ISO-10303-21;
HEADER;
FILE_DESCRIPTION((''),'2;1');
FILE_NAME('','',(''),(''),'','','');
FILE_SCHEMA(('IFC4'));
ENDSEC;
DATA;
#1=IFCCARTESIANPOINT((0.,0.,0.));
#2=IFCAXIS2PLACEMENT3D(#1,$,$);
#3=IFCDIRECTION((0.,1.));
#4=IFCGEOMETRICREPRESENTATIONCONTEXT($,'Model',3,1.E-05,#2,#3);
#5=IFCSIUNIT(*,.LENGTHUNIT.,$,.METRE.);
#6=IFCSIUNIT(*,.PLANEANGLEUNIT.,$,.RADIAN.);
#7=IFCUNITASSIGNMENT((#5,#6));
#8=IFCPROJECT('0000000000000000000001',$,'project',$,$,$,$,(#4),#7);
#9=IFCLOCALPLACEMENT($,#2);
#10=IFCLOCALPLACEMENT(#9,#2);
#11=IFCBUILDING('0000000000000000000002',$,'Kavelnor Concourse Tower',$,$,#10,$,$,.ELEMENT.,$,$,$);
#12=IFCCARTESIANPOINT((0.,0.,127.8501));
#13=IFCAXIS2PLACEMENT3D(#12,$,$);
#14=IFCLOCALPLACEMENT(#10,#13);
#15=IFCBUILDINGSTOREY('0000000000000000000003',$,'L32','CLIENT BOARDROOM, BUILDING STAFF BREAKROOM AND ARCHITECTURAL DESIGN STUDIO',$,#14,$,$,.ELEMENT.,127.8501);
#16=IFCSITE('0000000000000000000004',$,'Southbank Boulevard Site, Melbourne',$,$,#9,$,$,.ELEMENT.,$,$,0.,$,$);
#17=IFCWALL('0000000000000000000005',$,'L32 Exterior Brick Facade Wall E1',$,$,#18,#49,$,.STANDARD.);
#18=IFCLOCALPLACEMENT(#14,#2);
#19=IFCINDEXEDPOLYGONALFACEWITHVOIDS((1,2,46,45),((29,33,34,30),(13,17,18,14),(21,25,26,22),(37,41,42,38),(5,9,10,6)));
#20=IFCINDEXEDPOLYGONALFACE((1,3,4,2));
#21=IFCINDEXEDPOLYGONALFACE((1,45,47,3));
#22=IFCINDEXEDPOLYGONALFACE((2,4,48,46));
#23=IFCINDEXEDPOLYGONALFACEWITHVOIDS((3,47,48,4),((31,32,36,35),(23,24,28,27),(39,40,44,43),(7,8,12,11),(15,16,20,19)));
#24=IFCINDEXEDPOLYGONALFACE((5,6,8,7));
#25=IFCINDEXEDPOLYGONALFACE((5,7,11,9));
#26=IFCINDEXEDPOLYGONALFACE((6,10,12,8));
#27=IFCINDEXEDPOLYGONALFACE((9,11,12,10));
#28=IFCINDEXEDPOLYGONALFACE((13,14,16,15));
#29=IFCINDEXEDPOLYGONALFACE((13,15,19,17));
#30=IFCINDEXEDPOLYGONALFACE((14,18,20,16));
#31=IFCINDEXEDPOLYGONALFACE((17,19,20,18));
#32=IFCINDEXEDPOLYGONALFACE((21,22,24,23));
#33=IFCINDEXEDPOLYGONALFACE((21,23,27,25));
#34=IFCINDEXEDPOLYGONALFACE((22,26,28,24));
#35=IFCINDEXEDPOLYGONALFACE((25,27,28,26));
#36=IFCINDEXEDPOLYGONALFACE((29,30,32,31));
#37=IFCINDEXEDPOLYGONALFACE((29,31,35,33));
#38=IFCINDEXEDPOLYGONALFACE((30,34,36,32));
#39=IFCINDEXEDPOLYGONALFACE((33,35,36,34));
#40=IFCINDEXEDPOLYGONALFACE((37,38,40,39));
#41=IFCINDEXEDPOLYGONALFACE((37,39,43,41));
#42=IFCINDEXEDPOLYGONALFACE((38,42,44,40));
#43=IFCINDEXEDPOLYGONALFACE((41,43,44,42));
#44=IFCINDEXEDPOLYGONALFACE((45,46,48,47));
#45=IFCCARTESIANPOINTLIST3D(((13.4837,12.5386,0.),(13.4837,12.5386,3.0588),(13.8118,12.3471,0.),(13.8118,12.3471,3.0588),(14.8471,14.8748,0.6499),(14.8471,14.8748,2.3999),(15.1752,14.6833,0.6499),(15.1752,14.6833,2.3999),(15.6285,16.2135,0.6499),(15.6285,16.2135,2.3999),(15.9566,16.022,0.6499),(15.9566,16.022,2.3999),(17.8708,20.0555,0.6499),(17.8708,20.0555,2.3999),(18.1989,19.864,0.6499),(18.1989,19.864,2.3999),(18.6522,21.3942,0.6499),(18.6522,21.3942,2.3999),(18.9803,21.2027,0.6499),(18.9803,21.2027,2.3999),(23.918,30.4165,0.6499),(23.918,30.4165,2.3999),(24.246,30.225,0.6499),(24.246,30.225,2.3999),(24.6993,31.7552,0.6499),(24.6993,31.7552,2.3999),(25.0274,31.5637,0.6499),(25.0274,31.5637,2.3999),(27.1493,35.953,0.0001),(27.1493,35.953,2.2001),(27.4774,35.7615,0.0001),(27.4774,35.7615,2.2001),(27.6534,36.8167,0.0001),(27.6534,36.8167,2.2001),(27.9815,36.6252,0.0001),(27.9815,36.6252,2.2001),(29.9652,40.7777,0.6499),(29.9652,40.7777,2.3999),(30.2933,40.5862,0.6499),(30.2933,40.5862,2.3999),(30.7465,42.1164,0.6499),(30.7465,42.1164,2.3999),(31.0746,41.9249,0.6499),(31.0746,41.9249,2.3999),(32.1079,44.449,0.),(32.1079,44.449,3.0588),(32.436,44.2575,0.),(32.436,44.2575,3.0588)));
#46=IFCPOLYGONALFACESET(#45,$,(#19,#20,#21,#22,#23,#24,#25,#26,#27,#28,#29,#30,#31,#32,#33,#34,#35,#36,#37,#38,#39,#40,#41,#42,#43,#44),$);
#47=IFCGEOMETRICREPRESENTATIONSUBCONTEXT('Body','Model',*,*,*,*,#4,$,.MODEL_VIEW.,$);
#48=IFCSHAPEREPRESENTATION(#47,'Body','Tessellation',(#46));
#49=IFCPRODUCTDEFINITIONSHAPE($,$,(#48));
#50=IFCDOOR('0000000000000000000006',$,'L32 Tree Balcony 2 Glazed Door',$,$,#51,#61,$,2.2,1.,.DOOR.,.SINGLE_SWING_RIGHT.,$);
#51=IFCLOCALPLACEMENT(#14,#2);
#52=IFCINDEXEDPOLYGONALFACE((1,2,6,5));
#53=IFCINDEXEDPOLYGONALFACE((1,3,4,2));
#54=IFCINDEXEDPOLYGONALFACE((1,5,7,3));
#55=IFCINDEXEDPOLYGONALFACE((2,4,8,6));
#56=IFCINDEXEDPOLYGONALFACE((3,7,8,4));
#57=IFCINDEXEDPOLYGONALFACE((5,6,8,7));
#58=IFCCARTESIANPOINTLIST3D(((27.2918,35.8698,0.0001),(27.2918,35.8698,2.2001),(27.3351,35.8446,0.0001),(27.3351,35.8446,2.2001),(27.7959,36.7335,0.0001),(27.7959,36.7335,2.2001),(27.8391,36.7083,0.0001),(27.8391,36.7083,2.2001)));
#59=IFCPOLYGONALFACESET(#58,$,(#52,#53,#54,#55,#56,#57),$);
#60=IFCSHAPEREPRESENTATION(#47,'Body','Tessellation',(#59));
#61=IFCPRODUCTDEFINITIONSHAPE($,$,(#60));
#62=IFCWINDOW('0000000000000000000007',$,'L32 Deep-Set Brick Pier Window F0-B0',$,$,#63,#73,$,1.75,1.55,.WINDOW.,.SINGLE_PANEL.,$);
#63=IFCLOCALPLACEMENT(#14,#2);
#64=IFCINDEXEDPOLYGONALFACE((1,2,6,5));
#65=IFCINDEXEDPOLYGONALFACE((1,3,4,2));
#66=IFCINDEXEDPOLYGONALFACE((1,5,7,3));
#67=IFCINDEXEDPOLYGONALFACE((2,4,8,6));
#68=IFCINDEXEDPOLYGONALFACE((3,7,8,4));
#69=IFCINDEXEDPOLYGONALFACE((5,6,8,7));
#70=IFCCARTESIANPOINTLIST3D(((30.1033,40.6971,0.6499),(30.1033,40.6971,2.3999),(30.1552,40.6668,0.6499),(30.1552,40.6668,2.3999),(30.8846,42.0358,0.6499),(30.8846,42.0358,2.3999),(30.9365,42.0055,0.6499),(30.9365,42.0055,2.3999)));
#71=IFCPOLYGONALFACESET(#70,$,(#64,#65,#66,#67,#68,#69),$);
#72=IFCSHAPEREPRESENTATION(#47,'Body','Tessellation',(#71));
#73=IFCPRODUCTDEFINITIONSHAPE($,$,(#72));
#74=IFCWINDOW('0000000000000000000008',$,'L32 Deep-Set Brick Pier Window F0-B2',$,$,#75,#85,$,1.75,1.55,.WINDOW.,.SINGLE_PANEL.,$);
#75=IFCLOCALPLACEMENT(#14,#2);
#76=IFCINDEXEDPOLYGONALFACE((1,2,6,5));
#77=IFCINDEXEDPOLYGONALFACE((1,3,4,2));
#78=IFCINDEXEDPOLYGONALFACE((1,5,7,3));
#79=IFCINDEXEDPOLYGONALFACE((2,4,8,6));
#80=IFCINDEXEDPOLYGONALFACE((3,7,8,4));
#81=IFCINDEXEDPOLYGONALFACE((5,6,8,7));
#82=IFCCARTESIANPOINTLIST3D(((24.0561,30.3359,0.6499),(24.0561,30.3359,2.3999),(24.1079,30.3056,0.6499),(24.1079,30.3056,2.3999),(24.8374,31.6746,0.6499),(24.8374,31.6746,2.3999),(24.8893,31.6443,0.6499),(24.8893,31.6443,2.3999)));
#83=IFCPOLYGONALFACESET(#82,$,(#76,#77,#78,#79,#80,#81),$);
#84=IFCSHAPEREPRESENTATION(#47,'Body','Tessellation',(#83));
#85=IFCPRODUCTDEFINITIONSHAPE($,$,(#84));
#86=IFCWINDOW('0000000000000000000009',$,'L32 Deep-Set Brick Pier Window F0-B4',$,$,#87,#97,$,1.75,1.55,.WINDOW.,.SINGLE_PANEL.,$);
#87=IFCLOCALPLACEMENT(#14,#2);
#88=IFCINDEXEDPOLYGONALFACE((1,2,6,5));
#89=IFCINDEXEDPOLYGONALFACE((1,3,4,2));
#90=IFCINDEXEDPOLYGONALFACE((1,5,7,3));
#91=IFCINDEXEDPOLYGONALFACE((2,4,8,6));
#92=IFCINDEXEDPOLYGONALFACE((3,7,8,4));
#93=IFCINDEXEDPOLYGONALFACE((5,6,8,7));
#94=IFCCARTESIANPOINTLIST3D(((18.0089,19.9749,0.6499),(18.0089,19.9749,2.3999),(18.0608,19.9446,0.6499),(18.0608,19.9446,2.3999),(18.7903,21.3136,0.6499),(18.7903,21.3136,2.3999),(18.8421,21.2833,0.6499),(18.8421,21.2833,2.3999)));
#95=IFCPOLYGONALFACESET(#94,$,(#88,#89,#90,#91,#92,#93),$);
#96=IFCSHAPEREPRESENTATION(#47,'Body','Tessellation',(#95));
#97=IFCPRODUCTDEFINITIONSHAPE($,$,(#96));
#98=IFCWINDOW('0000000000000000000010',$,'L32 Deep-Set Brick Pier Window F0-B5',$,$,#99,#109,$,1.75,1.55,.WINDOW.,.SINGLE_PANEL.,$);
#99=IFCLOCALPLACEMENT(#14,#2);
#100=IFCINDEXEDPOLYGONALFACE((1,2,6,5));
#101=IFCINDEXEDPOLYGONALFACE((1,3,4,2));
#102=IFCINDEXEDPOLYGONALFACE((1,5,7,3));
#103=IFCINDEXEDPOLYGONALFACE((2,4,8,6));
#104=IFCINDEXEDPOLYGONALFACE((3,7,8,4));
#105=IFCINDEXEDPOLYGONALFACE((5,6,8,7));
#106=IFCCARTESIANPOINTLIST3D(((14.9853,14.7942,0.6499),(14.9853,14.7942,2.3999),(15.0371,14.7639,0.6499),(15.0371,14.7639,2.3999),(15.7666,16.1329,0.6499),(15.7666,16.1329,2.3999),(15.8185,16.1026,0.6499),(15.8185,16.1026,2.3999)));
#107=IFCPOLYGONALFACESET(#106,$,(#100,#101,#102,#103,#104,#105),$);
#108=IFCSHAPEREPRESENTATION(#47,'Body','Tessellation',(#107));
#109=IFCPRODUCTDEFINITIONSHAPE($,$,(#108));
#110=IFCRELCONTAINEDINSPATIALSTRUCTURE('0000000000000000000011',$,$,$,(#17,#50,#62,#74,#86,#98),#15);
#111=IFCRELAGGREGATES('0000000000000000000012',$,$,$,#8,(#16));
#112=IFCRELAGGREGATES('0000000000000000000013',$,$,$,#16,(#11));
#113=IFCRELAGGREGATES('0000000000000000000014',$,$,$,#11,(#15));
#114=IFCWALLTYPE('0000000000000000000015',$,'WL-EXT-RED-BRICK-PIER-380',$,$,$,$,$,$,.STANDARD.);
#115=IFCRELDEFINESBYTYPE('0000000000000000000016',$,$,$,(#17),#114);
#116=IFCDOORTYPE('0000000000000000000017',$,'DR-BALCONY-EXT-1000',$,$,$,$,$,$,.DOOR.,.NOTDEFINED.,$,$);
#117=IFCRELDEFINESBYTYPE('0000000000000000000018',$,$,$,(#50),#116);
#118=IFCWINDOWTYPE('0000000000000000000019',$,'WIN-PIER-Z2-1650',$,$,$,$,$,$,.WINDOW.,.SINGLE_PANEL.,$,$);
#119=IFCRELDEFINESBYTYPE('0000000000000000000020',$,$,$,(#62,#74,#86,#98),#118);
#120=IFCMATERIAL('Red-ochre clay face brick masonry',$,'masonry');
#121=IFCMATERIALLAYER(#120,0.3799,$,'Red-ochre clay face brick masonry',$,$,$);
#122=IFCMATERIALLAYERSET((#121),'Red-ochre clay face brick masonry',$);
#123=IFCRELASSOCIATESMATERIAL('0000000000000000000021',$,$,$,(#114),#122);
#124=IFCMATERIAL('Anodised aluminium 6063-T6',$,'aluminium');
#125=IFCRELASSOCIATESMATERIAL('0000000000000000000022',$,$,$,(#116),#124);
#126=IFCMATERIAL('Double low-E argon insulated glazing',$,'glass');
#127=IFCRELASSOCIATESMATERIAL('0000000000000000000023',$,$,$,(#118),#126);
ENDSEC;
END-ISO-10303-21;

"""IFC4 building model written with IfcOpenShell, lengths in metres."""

from ifc_helpers import new_model, si_unit, direction, frame, frame_2d, origin, place, context, subcontext, project, spatial, rectangle, extrude, material, layer, layer_set, type_object, element, fill, save


model = new_model("IFC4")

# Units and contexts
model_context = context("Model", 3, precision=1e-05, world=origin(), true_north=direction((0.0, 1.0)))
body_context = subcontext(model_context, "Body", "Model", "MODEL_VIEW")
ifc_project = project(units=[si_unit("LENGTHUNIT", "METRE"), si_unit("PLANEANGLEUNIT", "RADIAN")], contexts=[model_context])

# Site, building, storey
site_placement = place(None, origin())
site = spatial("IfcSite", under=ifc_project, at=site_placement, Name="Southbank Boulevard Site, Melbourne", CompositionType="ELEMENT", RefElevation=0.0)
building_placement = place(site_placement, origin())
building = spatial("IfcBuilding", under=site, at=building_placement, Name="Kavelnor Concourse Tower", CompositionType="ELEMENT")
storey_placement = place(building_placement, frame((0.0, 0.0, 127.8501)))
storey = spatial("IfcBuildingStorey", under=building, at=storey_placement, Name="L32", Description="CLIENT BOARDROOM, BUILDING STAFF BREAKROOM AND ARCHITECTURAL DESIGN STUDIO", CompositionType="ELEMENT", Elevation=127.8501)

# Shared definitions
ifc_material_1 = material(Name="Double low-E argon insulated glazing", Category="glass")

# Wall, openings, door, windows
ifc_material_2 = material(Name="Red-ochre clay face brick masonry", Category="masonry")
ifc_layer_1 = layer(ifc_material_2, 0.3799, Name="Red-ochre clay face brick masonry")
ifc_layer_set_1 = layer_set([ifc_layer_1], Name="Red-ochre clay face brick masonry")
wall_type_1 = type_object("IfcWallType", Name="WL-EXT-RED-BRICK-PIER-380", PredefinedType="STANDARD", material=ifc_layer_set_1)
wall_1_placement = place(storey_placement, frame((13.6477, 12.4429, 0.0), z_axis=(0.0, 0.0, 1.0), x_axis=(0.50407, 0.863663, 0.0)))
wall_1 = element("IfcWall", 1, at=wall_1_placement, inside=storey, type_object=wall_type_1, Name="L32 Exterior Brick Facade Wall E1", PredefinedType="STANDARD", context=body_context, shape_type="SweptSolid", body=[
    extrude(rectangle(XDim=36.9478, YDim=0.3799, at=frame_2d((18.4739, 0.0))), origin(), (0.0, 0.0, 1.0), 3.0588),
])
opening_1_placement = place(wall_1_placement, frame((27.1106, 0.0, 0.0)))
opening_1 = element("IfcOpeningElement", 2, at=opening_1_placement, cuts=wall_1, PredefinedType="OPENING", context=body_context, shape_type="SweptSolid", body=[
    extrude(rectangle(XDim=1.0, YDim=2.2, at=frame_2d((0.5, 1.1001))), frame((0.0, 0.2, 0.0), z_axis=(0.0, -1.0, 0.0), x_axis=(1.0, 0.0, 0.0)), (0.0, 0.0, 1.0), 0.3999),
])
opening_2_placement = place(wall_1_placement, frame((32.697, 0.0, 0.6499)))
opening_2 = element("IfcOpeningElement", 3, at=opening_2_placement, cuts=wall_1, PredefinedType="OPENING", context=body_context, shape_type="SweptSolid", body=[
    extrude(rectangle(XDim=1.55, YDim=1.75, at=frame_2d((0.7749, 0.875))), frame((0.0, 0.2, 0.0), z_axis=(0.0, -1.0, 0.0), x_axis=(1.0, 0.0, 0.0)), (0.0, 0.0, 1.0), 0.3999),
])
opening_3_placement = place(wall_1_placement, frame((20.7002, 0.0, 0.6499)))
opening_3 = element("IfcOpeningElement", 4, at=opening_3_placement, cuts=wall_1, PredefinedType="OPENING", context=body_context, shape_type="SweptSolid", body=[
    extrude(rectangle(XDim=1.55, YDim=1.75, at=frame_2d((0.7749, 0.875))), frame((0.0, 0.2, 0.0), z_axis=(0.0, -1.0, 0.0), x_axis=(1.0, 0.0, 0.0)), (0.0, 0.0, 1.0), 0.3999),
])
opening_4_placement = place(wall_1_placement, frame((8.7036, 0.0, 0.6499)))
opening_4 = element("IfcOpeningElement", 5, at=opening_4_placement, cuts=wall_1, PredefinedType="OPENING", context=body_context, shape_type="SweptSolid", body=[
    extrude(rectangle(XDim=1.55, YDim=1.75, at=frame_2d((0.7749, 0.875))), frame((0.0, 0.2, 0.0), z_axis=(0.0, -1.0, 0.0), x_axis=(1.0, 0.0, 0.0)), (0.0, 0.0, 1.0), 0.3999),
])
opening_5_placement = place(wall_1_placement, frame((2.7051, 0.0, 0.6499)))
opening_5 = element("IfcOpeningElement", 6, at=opening_5_placement, cuts=wall_1, PredefinedType="OPENING", context=body_context, shape_type="SweptSolid", body=[
    extrude(rectangle(XDim=1.55, YDim=1.75, at=frame_2d((0.7749, 0.875))), frame((0.0, 0.2, 0.0), z_axis=(0.0, -1.0, 0.0), x_axis=(1.0, 0.0, 0.0)), (0.0, 0.0, 1.0), 0.3999),
])
ifc_material_3 = material(Name="Anodised aluminium 6063-T6", Category="aluminium")
door_type_1 = type_object("IfcDoorType", Name="DR-BALCONY-EXT-1000", OperationType="NOTDEFINED", PredefinedType="DOOR", material=ifc_material_3)
door_1_placement = place(opening_1_placement, origin())
door_1 = element("IfcDoor", 7, at=door_1_placement, inside=storey, type_object=door_type_1, Name="L32 Tree Balcony 2 Glazed Door", OperationType="SINGLE_SWING_RIGHT", OverallHeight=2.2, OverallWidth=1.0, PredefinedType="DOOR", context=body_context, shape_type="SweptSolid", body=[
    extrude(rectangle(XDim=1.0, YDim=2.2, at=frame_2d((0.5, 1.1001))), frame((0.0, 0.0249, 0.0), z_axis=(0.0, -1.0, 0.0), x_axis=(1.0, 0.0, 0.0)), (0.0, 0.0, 1.0), 0.05),
])
fill(opening_1, door_1)
window_type_1 = type_object("IfcWindowType", Name="WIN-PIER-Z2-1650", PartitioningType="SINGLE_PANEL", PredefinedType="WINDOW", material=ifc_material_1)
window_1_placement = place(opening_2_placement, origin())
window_1 = element("IfcWindow", 8, at=window_1_placement, inside=storey, type_object=window_type_1, Name="L32 Deep-Set Brick Pier Window F0-B0", OverallHeight=1.75, OverallWidth=1.55, PartitioningType="SINGLE_PANEL", PredefinedType="WINDOW", context=body_context, shape_type="SweptSolid", body=[
    extrude(rectangle(XDim=1.55, YDim=1.75, at=frame_2d((0.7749, 0.875))), frame((0.0, 0.03, 0.0), z_axis=(0.0, -1.0, 0.0), x_axis=(1.0, 0.0, 0.0)), (0.0, 0.0, 1.0), 0.0601),
])
fill(opening_2, window_1)
window_2_placement = place(opening_3_placement, origin())
window_2 = element("IfcWindow", 9, at=window_2_placement, inside=storey, type_object=window_type_1, Name="L32 Deep-Set Brick Pier Window F0-B2", OverallHeight=1.75, OverallWidth=1.55, PartitioningType="SINGLE_PANEL", PredefinedType="WINDOW", context=body_context, shape_type="SweptSolid", body=[
    extrude(rectangle(XDim=1.55, YDim=1.75, at=frame_2d((0.7749, 0.875))), frame((0.0, 0.03, 0.0), z_axis=(0.0, -1.0, 0.0), x_axis=(1.0, 0.0, 0.0)), (0.0, 0.0, 1.0), 0.0601),
])
fill(opening_3, window_2)
window_3_placement = place(opening_4_placement, origin())
window_3 = element("IfcWindow", 10, at=window_3_placement, inside=storey, type_object=window_type_1, Name="L32 Deep-Set Brick Pier Window F0-B4", OverallHeight=1.75, OverallWidth=1.55, PartitioningType="SINGLE_PANEL", PredefinedType="WINDOW", context=body_context, shape_type="SweptSolid", body=[
    extrude(rectangle(XDim=1.55, YDim=1.75, at=frame_2d((0.7749, 0.875))), frame((0.0, 0.03, 0.0), z_axis=(0.0, -1.0, 0.0), x_axis=(1.0, 0.0, 0.0)), (0.0, 0.0, 1.0), 0.0601),
])
fill(opening_4, window_3)
window_4_placement = place(opening_5_placement, origin())
window_4 = element("IfcWindow", 11, at=window_4_placement, inside=storey, type_object=window_type_1, Name="L32 Deep-Set Brick Pier Window F0-B5", OverallHeight=1.75, OverallWidth=1.55, PartitioningType="SINGLE_PANEL", PredefinedType="WINDOW", context=body_context, shape_type="SweptSolid", body=[
    extrude(rectangle(XDim=1.55, YDim=1.75, at=frame_2d((0.7749, 0.875))), frame((0.0, 0.03, 0.0), z_axis=(0.0, -1.0, 0.0), x_axis=(1.0, 0.0, 0.0)), (0.0, 0.0, 1.0), 0.0601),
])
fill(opening_5, window_4)

save(model, "model.ifc")
